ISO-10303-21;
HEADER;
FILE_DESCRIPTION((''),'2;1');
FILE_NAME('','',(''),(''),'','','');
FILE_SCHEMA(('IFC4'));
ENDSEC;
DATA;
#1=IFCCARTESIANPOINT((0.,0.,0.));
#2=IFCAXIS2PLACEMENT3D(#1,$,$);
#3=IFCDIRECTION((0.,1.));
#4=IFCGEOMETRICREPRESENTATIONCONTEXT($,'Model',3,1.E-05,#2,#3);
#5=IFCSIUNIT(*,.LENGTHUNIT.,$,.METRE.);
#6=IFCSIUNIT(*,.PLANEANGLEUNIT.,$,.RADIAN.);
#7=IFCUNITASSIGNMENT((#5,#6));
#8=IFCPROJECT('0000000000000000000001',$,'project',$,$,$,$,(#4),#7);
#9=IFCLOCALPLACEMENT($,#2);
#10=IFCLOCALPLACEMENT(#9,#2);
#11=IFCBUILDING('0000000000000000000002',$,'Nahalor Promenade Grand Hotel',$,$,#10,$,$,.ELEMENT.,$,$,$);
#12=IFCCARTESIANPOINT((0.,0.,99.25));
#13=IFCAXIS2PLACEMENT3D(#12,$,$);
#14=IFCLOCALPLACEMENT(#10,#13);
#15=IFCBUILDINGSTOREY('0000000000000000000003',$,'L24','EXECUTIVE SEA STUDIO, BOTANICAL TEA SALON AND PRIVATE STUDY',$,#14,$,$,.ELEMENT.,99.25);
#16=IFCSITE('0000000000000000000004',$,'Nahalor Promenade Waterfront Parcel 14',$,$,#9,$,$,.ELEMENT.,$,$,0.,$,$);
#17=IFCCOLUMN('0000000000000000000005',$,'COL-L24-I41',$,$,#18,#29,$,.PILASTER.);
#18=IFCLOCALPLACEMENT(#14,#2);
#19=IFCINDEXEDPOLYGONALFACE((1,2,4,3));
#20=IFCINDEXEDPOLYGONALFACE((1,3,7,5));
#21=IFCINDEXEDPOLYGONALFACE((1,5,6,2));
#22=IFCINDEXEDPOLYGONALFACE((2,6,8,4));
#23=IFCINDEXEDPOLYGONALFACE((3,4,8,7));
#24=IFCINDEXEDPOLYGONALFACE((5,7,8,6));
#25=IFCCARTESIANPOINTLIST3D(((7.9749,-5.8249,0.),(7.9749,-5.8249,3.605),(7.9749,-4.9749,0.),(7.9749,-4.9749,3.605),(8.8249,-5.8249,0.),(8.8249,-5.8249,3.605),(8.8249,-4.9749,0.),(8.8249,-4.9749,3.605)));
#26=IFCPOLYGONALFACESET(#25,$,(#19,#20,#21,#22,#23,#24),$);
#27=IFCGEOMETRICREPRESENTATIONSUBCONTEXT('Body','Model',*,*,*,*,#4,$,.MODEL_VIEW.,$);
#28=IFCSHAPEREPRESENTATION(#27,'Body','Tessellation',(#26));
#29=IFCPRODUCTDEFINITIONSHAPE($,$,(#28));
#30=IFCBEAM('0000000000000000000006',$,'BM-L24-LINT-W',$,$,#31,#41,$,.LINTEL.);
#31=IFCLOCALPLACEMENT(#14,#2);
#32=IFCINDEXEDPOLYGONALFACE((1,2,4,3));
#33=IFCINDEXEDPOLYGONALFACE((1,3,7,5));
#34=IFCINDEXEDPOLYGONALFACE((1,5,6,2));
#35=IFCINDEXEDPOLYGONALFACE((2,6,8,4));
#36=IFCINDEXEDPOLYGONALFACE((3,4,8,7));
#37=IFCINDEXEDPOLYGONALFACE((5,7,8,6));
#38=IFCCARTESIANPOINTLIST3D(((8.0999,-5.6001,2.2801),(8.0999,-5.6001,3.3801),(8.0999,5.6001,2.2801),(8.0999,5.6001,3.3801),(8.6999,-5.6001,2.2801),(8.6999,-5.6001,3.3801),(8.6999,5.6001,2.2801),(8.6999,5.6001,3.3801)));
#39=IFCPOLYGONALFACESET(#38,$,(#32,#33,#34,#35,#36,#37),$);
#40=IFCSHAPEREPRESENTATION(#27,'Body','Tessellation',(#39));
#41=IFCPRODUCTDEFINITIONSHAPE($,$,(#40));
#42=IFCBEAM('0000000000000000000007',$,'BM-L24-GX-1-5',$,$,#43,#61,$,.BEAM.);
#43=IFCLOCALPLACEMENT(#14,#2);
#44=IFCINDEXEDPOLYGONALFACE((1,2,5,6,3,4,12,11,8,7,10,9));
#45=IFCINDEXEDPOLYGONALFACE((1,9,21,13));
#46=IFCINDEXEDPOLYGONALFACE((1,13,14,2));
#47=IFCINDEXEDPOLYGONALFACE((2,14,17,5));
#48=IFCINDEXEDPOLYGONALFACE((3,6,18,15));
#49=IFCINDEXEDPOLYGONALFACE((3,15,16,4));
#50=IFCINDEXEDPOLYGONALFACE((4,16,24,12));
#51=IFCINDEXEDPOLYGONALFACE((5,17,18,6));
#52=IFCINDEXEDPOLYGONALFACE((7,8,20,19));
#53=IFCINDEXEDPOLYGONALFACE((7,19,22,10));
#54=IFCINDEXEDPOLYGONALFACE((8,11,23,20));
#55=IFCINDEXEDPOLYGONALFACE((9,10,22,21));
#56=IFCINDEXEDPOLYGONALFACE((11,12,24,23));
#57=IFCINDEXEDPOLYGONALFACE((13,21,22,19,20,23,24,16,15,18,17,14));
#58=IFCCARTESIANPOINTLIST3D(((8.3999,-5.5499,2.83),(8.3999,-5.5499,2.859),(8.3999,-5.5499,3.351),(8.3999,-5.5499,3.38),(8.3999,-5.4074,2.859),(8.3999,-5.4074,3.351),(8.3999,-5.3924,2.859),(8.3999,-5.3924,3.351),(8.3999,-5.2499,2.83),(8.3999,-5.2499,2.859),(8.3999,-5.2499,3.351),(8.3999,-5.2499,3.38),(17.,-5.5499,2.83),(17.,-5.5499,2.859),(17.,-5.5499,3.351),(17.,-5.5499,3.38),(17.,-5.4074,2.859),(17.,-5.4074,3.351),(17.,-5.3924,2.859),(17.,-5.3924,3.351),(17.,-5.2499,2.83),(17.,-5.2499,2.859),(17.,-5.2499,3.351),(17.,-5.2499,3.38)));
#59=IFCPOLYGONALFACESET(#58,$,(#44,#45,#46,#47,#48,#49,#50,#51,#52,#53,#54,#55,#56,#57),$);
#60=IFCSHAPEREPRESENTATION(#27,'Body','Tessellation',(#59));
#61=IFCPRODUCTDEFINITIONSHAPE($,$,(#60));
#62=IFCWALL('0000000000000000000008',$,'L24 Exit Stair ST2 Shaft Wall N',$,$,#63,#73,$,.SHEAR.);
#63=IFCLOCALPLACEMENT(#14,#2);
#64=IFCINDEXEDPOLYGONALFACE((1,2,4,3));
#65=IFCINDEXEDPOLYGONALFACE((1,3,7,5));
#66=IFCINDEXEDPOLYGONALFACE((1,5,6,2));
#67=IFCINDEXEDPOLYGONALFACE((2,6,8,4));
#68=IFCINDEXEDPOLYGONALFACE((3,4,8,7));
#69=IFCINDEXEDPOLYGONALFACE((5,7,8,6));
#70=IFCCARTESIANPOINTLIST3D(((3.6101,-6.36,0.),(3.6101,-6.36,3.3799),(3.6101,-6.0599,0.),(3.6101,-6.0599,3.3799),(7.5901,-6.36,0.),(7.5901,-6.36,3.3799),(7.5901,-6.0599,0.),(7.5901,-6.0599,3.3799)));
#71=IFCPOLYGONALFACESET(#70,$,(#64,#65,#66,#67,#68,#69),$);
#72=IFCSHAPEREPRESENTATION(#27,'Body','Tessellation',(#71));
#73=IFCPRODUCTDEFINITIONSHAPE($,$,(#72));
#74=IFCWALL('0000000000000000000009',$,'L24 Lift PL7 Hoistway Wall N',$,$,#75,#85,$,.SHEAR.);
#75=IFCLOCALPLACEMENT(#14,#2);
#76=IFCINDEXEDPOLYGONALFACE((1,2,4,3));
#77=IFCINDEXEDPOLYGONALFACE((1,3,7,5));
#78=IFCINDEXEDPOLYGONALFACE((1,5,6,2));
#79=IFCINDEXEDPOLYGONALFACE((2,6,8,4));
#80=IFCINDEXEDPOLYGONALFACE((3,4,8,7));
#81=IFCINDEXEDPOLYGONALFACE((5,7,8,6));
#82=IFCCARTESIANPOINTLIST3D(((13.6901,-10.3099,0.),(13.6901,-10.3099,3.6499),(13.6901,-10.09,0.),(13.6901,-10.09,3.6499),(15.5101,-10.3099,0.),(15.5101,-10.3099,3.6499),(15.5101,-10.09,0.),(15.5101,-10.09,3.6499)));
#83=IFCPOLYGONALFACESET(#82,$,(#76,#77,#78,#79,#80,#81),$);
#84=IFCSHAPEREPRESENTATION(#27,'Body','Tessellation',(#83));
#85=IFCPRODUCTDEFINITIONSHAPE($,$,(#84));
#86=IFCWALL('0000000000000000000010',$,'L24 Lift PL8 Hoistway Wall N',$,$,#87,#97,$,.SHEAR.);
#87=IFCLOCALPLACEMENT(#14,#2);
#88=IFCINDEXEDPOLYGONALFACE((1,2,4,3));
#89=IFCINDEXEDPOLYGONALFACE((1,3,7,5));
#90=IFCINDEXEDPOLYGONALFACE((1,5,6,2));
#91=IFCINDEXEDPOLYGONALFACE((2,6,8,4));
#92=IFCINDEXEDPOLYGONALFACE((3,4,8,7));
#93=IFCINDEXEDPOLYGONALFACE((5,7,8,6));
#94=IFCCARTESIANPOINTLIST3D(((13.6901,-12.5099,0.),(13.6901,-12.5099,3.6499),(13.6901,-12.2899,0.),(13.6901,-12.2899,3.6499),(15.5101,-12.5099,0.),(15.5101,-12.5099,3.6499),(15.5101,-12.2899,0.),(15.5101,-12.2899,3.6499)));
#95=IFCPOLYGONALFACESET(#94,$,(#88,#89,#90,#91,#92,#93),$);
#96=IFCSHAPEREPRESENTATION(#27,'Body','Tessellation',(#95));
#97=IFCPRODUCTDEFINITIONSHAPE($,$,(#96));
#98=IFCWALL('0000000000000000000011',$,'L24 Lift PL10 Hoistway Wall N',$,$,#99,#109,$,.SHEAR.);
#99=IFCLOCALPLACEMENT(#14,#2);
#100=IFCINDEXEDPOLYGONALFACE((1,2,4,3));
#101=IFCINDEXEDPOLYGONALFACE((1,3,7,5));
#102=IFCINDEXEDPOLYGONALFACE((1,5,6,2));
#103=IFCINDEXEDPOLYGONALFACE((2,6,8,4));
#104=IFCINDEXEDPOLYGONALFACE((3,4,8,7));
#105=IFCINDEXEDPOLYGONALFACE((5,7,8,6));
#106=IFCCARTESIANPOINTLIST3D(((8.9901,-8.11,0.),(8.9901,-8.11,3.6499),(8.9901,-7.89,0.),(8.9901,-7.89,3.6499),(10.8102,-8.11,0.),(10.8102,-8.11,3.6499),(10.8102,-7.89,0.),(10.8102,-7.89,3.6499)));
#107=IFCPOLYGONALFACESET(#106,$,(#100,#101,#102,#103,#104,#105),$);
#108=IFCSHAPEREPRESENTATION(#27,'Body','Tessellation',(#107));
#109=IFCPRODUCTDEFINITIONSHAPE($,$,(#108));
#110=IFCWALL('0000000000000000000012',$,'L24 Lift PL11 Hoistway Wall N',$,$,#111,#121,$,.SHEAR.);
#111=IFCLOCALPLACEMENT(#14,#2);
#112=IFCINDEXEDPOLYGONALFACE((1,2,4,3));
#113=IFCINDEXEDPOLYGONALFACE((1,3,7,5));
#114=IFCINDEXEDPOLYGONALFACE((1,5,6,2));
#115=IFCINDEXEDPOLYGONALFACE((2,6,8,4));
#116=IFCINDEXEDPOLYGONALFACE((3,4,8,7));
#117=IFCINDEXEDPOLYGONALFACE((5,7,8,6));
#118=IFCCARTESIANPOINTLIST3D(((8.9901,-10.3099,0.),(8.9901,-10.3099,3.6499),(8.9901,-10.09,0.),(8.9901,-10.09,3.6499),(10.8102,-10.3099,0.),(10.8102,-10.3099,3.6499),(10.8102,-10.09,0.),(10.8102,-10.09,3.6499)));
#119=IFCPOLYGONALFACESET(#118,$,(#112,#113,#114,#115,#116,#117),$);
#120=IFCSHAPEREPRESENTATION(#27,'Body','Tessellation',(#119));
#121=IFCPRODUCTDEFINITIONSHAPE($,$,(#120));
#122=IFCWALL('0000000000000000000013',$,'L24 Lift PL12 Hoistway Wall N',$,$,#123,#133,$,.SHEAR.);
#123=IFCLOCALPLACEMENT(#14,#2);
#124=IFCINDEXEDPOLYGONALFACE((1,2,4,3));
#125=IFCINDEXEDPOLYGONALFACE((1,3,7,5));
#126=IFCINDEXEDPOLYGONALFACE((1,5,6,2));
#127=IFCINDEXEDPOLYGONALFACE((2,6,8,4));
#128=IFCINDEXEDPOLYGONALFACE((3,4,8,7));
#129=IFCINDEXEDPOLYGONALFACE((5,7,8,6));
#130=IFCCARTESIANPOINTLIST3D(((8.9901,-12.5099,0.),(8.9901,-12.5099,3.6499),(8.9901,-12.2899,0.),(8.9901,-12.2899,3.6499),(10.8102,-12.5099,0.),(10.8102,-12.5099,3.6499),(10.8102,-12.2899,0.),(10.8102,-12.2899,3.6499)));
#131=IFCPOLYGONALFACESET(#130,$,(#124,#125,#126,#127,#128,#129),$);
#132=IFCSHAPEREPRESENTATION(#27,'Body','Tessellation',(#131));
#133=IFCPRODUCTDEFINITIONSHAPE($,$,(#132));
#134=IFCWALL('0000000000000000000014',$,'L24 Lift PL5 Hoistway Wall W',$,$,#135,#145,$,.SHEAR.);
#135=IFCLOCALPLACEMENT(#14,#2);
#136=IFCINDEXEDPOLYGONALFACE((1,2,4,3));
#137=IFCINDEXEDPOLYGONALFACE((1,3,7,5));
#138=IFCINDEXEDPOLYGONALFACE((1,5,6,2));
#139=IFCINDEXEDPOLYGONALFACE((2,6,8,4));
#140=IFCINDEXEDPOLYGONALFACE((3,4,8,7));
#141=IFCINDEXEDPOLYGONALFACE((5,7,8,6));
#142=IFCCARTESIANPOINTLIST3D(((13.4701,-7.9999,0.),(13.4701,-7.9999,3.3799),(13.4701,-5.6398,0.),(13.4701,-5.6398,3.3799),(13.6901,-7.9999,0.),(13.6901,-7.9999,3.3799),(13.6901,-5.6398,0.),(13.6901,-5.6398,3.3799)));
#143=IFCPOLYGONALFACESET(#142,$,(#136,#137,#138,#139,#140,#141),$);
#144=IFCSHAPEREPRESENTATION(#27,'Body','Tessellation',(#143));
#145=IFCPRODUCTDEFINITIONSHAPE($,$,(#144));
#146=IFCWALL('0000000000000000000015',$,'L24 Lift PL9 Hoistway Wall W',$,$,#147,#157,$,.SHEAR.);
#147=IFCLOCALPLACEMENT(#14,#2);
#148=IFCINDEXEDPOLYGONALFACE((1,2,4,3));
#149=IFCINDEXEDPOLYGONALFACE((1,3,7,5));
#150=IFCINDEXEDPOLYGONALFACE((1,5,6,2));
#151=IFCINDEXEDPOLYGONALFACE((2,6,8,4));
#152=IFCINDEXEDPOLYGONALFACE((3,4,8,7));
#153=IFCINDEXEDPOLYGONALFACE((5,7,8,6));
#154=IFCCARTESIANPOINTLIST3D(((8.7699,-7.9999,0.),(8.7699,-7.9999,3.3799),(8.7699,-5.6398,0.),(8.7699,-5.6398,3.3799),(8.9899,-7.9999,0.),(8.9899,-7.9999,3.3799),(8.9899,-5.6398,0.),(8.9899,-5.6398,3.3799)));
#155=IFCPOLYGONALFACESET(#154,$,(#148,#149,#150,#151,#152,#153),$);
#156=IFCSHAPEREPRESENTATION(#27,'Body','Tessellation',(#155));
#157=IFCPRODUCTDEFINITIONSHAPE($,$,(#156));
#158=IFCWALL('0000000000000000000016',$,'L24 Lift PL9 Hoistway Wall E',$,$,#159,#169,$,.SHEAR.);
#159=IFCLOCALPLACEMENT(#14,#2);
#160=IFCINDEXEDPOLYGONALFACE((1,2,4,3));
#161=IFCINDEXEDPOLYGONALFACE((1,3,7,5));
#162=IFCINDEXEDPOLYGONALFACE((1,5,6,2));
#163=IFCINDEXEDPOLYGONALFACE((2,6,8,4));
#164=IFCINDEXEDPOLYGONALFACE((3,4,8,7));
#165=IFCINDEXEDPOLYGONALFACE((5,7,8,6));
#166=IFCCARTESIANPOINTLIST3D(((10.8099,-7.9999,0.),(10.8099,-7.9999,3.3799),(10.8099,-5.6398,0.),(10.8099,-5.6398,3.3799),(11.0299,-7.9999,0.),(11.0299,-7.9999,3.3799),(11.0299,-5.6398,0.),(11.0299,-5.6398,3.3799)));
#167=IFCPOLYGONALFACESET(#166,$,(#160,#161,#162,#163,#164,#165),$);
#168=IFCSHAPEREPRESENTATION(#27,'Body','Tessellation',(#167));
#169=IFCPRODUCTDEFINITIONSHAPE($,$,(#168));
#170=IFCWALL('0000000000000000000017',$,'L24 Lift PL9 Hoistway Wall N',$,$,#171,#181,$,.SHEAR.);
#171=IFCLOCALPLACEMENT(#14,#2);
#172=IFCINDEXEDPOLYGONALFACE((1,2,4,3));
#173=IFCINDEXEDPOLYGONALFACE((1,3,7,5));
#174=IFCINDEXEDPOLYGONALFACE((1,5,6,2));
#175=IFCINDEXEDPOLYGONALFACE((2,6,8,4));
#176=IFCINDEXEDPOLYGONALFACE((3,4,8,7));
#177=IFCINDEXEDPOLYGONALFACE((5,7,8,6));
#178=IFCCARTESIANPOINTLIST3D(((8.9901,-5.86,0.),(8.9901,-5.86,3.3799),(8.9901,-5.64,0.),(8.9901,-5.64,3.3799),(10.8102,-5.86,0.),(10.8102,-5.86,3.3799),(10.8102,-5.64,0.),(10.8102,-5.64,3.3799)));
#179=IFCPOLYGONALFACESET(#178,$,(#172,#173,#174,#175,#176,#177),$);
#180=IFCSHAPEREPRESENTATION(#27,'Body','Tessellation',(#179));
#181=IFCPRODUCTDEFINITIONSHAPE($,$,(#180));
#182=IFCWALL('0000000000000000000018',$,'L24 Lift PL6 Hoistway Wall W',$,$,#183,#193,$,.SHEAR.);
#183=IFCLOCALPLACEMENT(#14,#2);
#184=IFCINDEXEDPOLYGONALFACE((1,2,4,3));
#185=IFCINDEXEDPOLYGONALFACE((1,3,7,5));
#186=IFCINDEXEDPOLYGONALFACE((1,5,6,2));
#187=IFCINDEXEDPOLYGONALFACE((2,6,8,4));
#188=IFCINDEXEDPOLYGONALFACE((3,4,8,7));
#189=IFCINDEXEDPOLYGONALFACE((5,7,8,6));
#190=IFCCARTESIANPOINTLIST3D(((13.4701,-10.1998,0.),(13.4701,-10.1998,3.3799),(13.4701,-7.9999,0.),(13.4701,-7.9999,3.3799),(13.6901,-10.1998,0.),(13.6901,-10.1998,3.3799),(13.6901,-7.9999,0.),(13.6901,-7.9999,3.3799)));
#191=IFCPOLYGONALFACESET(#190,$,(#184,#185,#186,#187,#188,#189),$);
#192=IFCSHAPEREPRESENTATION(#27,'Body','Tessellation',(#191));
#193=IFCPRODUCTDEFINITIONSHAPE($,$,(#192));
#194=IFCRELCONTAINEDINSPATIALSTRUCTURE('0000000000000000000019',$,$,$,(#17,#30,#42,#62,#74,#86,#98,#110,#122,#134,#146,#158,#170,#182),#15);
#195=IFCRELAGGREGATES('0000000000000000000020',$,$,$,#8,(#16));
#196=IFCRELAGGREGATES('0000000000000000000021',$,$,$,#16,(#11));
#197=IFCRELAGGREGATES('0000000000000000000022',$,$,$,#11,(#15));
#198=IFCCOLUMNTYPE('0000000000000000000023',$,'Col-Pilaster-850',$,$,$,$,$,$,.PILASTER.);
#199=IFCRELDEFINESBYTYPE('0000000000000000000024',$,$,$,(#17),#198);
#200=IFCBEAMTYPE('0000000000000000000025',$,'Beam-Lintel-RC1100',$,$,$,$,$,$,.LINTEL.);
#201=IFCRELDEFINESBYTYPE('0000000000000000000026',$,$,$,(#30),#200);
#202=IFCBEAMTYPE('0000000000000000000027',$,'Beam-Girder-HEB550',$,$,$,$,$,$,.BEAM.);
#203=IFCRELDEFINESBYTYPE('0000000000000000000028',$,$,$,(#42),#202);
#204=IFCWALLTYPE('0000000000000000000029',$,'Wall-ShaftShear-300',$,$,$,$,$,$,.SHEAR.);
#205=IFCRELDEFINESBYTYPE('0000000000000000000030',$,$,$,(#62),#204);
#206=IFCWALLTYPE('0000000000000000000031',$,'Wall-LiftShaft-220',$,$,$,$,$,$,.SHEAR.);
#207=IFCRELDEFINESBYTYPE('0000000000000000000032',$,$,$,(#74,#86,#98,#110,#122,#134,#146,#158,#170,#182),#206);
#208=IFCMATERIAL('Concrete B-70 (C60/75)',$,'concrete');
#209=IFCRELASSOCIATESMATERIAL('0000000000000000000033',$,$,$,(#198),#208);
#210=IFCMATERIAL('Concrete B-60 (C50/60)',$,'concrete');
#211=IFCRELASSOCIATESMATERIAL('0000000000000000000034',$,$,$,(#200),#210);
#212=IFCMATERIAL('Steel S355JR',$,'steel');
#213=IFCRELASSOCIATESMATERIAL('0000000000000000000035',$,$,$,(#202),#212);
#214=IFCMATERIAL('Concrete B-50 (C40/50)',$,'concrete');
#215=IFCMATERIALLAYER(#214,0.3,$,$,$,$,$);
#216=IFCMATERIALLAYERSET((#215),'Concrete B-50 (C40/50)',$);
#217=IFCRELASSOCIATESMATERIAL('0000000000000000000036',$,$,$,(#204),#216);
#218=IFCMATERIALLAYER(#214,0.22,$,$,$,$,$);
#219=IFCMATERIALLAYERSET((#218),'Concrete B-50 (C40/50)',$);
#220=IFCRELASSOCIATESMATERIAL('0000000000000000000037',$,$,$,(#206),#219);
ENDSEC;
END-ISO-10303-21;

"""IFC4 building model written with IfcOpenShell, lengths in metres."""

from ifc_helpers import new_model, si_unit, direction, frame, frame_2d, origin, origin_2d, place, context, subcontext, project, spatial, rectangle, i_section, extrude, source, transform, mapped, material, layer, layer_set, material_profile, profile_set, type_object, element, save


model = new_model("IFC4")

# Units and contexts
model_context = context("Model", 3, precision=1e-05, world=origin(), true_north=direction((0.0, 1.0)))
body_context = subcontext(model_context, "Body", "Model", "MODEL_VIEW")
ifc_project = project(units=[si_unit("LENGTHUNIT", "METRE"), si_unit("PLANEANGLEUNIT", "RADIAN")], contexts=[model_context])

# Site, building, storey
site_placement = place(None, origin())
site = spatial("IfcSite", under=ifc_project, at=site_placement, Name="Nahalor Promenade Waterfront Parcel 14", CompositionType="ELEMENT", RefElevation=0.0)
building_placement = place(site_placement, origin())
building = spatial("IfcBuilding", under=site, at=building_placement, Name="Nahalor Promenade Grand Hotel", CompositionType="ELEMENT")
storey_placement = place(building_placement, frame((0.0, 0.0, 99.25)))
storey = spatial("IfcBuildingStorey", under=building, at=storey_placement, Name="L24", Description="EXECUTIVE SEA STUDIO, BOTANICAL TEA SALON AND PRIVATE STUDY", CompositionType="ELEMENT", Elevation=99.25)

# Column
ifc_material_1 = material(Name="Concrete B-70 (C60/75)", Category="concrete")
ifc_material_profile_1 = material_profile(ifc_material_1, rectangle(XDim=0.85, YDim=0.85, at=origin_2d()), Name="RC 850x850")
ifc_profile_set_1 = profile_set([ifc_material_profile_1], Name="Concrete B-70 (C60/75)")
column_type = type_object("IfcColumnType", Name="Col-Pilaster-850", PredefinedType="PILASTER", material=ifc_profile_set_1)
shared_shape_1 = source(origin(), body_context, "Body", "SweptSolid", [
    extrude(rectangle(XDim=0.85, YDim=0.85, at=origin_2d()), origin(), (0.0, 0.0, 1.0), 3.605),
])
column_placement = place(storey_placement, frame((8.3999, -5.3999, 0.0), z_axis=(0.0, 0.0, 1.0), x_axis=(1.0, 0.0, 0.0)))
element("IfcColumn", 1, at=column_placement, inside=storey, type_object=column_type, Name="COL-L24-I41", PredefinedType="PILASTER", context=body_context, shape_type="MappedRepresentation", body=[
    mapped(shared_shape_1, transform((0.0, 0.0, 0.0), scale=1.0)),
])

# Beams
ifc_material_2 = material(Name="Concrete B-60 (C50/60)", Category="concrete")
ifc_material_profile_2 = material_profile(ifc_material_2, rectangle(XDim=0.6, YDim=1.1, at=origin_2d()), Name="RC 600x1100")
ifc_profile_set_2 = profile_set([ifc_material_profile_2], Name="Concrete B-60 (C50/60)")
beam_type_1 = type_object("IfcBeamType", Name="Beam-Lintel-RC1100", PredefinedType="LINTEL", material=ifc_profile_set_2)
shared_shape_2 = source(origin(), body_context, "Body", "SweptSolid", [
    extrude(rectangle(XDim=0.6, YDim=1.1, at=origin_2d()), origin(), (0.0, 0.0, 1.0), 11.2002),
])
beam_1_placement = place(storey_placement, frame((8.3999, -5.6001, 2.8301), z_axis=(0.0, 1.0, 0.0), x_axis=(-1.0, 0.0, 0.0)))
element("IfcBeam", 2, at=beam_1_placement, inside=storey, type_object=beam_type_1, Name="BM-L24-LINT-W", PredefinedType="LINTEL", context=body_context, shape_type="MappedRepresentation", body=[
    mapped(shared_shape_2, transform((0.0, 0.0, 0.0), scale=1.0)),
])
ifc_material_3 = material(Name="Steel S355JR", Category="steel")
ifc_material_profile_3 = material_profile(ifc_material_3, i_section(OverallWidth=0.3, OverallDepth=0.55, WebThickness=0.015, FlangeThickness=0.029, at=origin_2d()), Name="HEB 550")
ifc_profile_set_3 = profile_set([ifc_material_profile_3], Name="Steel S355JR")
beam_type_2 = type_object("IfcBeamType", Name="Beam-Girder-HEB550", PredefinedType="BEAM", material=ifc_profile_set_3)
shared_shape_3 = source(origin(), body_context, "Body", "SweptSolid", [
    extrude(i_section(OverallWidth=0.3, OverallDepth=0.55, WebThickness=0.015, FlangeThickness=0.029, at=origin_2d()), origin(), (0.0, 0.0, 1.0), 8.6001),
])
beam_2_placement = place(storey_placement, frame((8.3999, -5.3999, 3.105), z_axis=(1.0, 0.0, 0.0), x_axis=(0.0, 1.0, 0.0)))
element("IfcBeam", 3, at=beam_2_placement, inside=storey, type_object=beam_type_2, Name="BM-L24-GX-1-5", PredefinedType="BEAM", context=body_context, shape_type="MappedRepresentation", body=[
    mapped(shared_shape_3, transform((0.0, 0.0, 0.0), scale=1.0)),
])

# Walls
ifc_material_4 = material(Name="Concrete B-50 (C40/50)", Category="concrete")
ifc_layer_1 = layer(ifc_material_4, 0.3)
ifc_layer_set_1 = layer_set([ifc_layer_1], Name="Concrete B-50 (C40/50)")
wall_type_1 = type_object("IfcWallType", Name="Wall-ShaftShear-300", PredefinedType="SHEAR", material=ifc_layer_set_1)
shared_shape_4 = source(origin(), body_context, "Body", "SweptSolid", [
    extrude(rectangle(XDim=3.98, YDim=0.3, at=frame_2d((1.99, 0.0))), origin(), (0.0, 0.0, 1.0), 3.3799),
])
wall_1_placement = place(storey_placement, frame((3.6101, -6.21, 0.0), z_axis=(0.0, 0.0, 1.0), x_axis=(1.0, 0.0, 0.0)))
element("IfcWall", 4, at=wall_1_placement, inside=storey, type_object=wall_type_1, Name="L24 Exit Stair ST2 Shaft Wall N", PredefinedType="SHEAR", context=body_context, shape_type="MappedRepresentation", body=[
    mapped(shared_shape_4, transform((0.0, 0.0, 0.0), scale=1.0)),
])
ifc_layer_2 = layer(ifc_material_4, 0.22)
ifc_layer_set_2 = layer_set([ifc_layer_2], Name="Concrete B-50 (C40/50)")
wall_type_2 = type_object("IfcWallType", Name="Wall-LiftShaft-220", PredefinedType="SHEAR", material=ifc_layer_set_2)
shared_shape_5 = source(origin(), body_context, "Body", "SweptSolid", [
    extrude(rectangle(XDim=1.8201, YDim=0.22, at=frame_2d((0.9102, 0.0))), origin(), (0.0, 0.0, 1.0), 3.6499),
])
for number, where, z_axis, x_axis, name in (
    (5, (13.6899, -10.2, 0.0), (0.0, 0.0, 1.0), (1.0, 0.0, 0.0), "L24 Lift PL7 Hoistway Wall N"),
    (6, (13.6899, -12.3999, 0.0), (0.0, 0.0, 1.0), (1.0, 0.0, 0.0), "L24 Lift PL8 Hoistway Wall N"),
    (7, (8.99, -8.0, 0.0), (0.0, 0.0, 1.0), (1.0, 0.0, 0.0), "L24 Lift PL10 Hoistway Wall N"),
    (8, (8.99, -10.2, 0.0), (0.0, 0.0, 1.0), (1.0, 0.0, 0.0), "L24 Lift PL11 Hoistway Wall N"),
    (9, (8.99, -12.3999, 0.0), (0.0, 0.0, 1.0), (1.0, 0.0, 0.0), "L24 Lift PL12 Hoistway Wall N"),
):
    element("IfcWall", number, at=place(storey_placement, frame(where, z_axis=z_axis, x_axis=x_axis)), inside=storey, type_object=wall_type_2, Name=name, PredefinedType="SHEAR", context=body_context, shape_type="MappedRepresentation", body=[
        mapped(shared_shape_5, transform((0.0, 0.0, 0.0), scale=1.0)),
    ])
shared_shape_6 = source(origin(), body_context, "Body", "SweptSolid", [
    extrude(rectangle(XDim=2.3601, YDim=0.22, at=frame_2d((1.1802, 0.0))), origin(), (0.0, 0.0, 1.0), 3.3799),
])
for number, where, z_axis, x_axis, name in (
    (10, (13.5801, -8.0, 0.0), (0.0, 0.0, 1.0), (0.0, 1.0, 0.0), "L24 Lift PL5 Hoistway Wall W"),
    (11, (8.8799, -8.0, 0.0), (0.0, 0.0, 1.0), (0.0, 1.0, 0.0), "L24 Lift PL9 Hoistway Wall W"),
    (12, (10.9199, -8.0, 0.0), (0.0, 0.0, 1.0), (0.0, 1.0, 0.0), "L24 Lift PL9 Hoistway Wall E"),
):
    element("IfcWall", number, at=place(storey_placement, frame(where, z_axis=z_axis, x_axis=x_axis)), inside=storey, type_object=wall_type_2, Name=name, PredefinedType="SHEAR", context=body_context, shape_type="MappedRepresentation", body=[
        mapped(shared_shape_6, transform((0.0, 0.0, 0.0), scale=1.0)),
    ])
shared_shape_7 = source(origin(), body_context, "Body", "SweptSolid", [
    extrude(rectangle(XDim=1.8201, YDim=0.22, at=frame_2d((0.9102, 0.0))), origin(), (0.0, 0.0, 1.0), 3.3799),
])
wall_2_placement = place(storey_placement, frame((8.99, -5.75, 0.0), z_axis=(0.0, 0.0, 1.0), x_axis=(1.0, 0.0, 0.0)))
element("IfcWall", 13, at=wall_2_placement, inside=storey, type_object=wall_type_2, Name="L24 Lift PL9 Hoistway Wall N", PredefinedType="SHEAR", context=body_context, shape_type="MappedRepresentation", body=[
    mapped(shared_shape_7, transform((0.0, 0.0, 0.0), scale=1.0)),
])
shared_shape_8 = source(origin(), body_context, "Body", "SweptSolid", [
    extrude(rectangle(XDim=2.2, YDim=0.22, at=frame_2d((1.1001, 0.0))), origin(), (0.0, 0.0, 1.0), 3.3799),
])
for number, where, z_axis, x_axis, name in (
    (14, (13.5801, -10.2, 0.0), (0.0, 0.0, 1.0), (0.0, 1.0, 0.0), "L24 Lift PL6 Hoistway Wall W"),
):
    element("IfcWall", number, at=place(storey_placement, frame(where, z_axis=z_axis, x_axis=x_axis)), inside=storey, type_object=wall_type_2, Name=name, PredefinedType="SHEAR", context=body_context, shape_type="MappedRepresentation", body=[
        mapped(shared_shape_8, transform((0.0, 0.0, 0.0), scale=1.0)),
    ])

save(model, "model.ifc")
